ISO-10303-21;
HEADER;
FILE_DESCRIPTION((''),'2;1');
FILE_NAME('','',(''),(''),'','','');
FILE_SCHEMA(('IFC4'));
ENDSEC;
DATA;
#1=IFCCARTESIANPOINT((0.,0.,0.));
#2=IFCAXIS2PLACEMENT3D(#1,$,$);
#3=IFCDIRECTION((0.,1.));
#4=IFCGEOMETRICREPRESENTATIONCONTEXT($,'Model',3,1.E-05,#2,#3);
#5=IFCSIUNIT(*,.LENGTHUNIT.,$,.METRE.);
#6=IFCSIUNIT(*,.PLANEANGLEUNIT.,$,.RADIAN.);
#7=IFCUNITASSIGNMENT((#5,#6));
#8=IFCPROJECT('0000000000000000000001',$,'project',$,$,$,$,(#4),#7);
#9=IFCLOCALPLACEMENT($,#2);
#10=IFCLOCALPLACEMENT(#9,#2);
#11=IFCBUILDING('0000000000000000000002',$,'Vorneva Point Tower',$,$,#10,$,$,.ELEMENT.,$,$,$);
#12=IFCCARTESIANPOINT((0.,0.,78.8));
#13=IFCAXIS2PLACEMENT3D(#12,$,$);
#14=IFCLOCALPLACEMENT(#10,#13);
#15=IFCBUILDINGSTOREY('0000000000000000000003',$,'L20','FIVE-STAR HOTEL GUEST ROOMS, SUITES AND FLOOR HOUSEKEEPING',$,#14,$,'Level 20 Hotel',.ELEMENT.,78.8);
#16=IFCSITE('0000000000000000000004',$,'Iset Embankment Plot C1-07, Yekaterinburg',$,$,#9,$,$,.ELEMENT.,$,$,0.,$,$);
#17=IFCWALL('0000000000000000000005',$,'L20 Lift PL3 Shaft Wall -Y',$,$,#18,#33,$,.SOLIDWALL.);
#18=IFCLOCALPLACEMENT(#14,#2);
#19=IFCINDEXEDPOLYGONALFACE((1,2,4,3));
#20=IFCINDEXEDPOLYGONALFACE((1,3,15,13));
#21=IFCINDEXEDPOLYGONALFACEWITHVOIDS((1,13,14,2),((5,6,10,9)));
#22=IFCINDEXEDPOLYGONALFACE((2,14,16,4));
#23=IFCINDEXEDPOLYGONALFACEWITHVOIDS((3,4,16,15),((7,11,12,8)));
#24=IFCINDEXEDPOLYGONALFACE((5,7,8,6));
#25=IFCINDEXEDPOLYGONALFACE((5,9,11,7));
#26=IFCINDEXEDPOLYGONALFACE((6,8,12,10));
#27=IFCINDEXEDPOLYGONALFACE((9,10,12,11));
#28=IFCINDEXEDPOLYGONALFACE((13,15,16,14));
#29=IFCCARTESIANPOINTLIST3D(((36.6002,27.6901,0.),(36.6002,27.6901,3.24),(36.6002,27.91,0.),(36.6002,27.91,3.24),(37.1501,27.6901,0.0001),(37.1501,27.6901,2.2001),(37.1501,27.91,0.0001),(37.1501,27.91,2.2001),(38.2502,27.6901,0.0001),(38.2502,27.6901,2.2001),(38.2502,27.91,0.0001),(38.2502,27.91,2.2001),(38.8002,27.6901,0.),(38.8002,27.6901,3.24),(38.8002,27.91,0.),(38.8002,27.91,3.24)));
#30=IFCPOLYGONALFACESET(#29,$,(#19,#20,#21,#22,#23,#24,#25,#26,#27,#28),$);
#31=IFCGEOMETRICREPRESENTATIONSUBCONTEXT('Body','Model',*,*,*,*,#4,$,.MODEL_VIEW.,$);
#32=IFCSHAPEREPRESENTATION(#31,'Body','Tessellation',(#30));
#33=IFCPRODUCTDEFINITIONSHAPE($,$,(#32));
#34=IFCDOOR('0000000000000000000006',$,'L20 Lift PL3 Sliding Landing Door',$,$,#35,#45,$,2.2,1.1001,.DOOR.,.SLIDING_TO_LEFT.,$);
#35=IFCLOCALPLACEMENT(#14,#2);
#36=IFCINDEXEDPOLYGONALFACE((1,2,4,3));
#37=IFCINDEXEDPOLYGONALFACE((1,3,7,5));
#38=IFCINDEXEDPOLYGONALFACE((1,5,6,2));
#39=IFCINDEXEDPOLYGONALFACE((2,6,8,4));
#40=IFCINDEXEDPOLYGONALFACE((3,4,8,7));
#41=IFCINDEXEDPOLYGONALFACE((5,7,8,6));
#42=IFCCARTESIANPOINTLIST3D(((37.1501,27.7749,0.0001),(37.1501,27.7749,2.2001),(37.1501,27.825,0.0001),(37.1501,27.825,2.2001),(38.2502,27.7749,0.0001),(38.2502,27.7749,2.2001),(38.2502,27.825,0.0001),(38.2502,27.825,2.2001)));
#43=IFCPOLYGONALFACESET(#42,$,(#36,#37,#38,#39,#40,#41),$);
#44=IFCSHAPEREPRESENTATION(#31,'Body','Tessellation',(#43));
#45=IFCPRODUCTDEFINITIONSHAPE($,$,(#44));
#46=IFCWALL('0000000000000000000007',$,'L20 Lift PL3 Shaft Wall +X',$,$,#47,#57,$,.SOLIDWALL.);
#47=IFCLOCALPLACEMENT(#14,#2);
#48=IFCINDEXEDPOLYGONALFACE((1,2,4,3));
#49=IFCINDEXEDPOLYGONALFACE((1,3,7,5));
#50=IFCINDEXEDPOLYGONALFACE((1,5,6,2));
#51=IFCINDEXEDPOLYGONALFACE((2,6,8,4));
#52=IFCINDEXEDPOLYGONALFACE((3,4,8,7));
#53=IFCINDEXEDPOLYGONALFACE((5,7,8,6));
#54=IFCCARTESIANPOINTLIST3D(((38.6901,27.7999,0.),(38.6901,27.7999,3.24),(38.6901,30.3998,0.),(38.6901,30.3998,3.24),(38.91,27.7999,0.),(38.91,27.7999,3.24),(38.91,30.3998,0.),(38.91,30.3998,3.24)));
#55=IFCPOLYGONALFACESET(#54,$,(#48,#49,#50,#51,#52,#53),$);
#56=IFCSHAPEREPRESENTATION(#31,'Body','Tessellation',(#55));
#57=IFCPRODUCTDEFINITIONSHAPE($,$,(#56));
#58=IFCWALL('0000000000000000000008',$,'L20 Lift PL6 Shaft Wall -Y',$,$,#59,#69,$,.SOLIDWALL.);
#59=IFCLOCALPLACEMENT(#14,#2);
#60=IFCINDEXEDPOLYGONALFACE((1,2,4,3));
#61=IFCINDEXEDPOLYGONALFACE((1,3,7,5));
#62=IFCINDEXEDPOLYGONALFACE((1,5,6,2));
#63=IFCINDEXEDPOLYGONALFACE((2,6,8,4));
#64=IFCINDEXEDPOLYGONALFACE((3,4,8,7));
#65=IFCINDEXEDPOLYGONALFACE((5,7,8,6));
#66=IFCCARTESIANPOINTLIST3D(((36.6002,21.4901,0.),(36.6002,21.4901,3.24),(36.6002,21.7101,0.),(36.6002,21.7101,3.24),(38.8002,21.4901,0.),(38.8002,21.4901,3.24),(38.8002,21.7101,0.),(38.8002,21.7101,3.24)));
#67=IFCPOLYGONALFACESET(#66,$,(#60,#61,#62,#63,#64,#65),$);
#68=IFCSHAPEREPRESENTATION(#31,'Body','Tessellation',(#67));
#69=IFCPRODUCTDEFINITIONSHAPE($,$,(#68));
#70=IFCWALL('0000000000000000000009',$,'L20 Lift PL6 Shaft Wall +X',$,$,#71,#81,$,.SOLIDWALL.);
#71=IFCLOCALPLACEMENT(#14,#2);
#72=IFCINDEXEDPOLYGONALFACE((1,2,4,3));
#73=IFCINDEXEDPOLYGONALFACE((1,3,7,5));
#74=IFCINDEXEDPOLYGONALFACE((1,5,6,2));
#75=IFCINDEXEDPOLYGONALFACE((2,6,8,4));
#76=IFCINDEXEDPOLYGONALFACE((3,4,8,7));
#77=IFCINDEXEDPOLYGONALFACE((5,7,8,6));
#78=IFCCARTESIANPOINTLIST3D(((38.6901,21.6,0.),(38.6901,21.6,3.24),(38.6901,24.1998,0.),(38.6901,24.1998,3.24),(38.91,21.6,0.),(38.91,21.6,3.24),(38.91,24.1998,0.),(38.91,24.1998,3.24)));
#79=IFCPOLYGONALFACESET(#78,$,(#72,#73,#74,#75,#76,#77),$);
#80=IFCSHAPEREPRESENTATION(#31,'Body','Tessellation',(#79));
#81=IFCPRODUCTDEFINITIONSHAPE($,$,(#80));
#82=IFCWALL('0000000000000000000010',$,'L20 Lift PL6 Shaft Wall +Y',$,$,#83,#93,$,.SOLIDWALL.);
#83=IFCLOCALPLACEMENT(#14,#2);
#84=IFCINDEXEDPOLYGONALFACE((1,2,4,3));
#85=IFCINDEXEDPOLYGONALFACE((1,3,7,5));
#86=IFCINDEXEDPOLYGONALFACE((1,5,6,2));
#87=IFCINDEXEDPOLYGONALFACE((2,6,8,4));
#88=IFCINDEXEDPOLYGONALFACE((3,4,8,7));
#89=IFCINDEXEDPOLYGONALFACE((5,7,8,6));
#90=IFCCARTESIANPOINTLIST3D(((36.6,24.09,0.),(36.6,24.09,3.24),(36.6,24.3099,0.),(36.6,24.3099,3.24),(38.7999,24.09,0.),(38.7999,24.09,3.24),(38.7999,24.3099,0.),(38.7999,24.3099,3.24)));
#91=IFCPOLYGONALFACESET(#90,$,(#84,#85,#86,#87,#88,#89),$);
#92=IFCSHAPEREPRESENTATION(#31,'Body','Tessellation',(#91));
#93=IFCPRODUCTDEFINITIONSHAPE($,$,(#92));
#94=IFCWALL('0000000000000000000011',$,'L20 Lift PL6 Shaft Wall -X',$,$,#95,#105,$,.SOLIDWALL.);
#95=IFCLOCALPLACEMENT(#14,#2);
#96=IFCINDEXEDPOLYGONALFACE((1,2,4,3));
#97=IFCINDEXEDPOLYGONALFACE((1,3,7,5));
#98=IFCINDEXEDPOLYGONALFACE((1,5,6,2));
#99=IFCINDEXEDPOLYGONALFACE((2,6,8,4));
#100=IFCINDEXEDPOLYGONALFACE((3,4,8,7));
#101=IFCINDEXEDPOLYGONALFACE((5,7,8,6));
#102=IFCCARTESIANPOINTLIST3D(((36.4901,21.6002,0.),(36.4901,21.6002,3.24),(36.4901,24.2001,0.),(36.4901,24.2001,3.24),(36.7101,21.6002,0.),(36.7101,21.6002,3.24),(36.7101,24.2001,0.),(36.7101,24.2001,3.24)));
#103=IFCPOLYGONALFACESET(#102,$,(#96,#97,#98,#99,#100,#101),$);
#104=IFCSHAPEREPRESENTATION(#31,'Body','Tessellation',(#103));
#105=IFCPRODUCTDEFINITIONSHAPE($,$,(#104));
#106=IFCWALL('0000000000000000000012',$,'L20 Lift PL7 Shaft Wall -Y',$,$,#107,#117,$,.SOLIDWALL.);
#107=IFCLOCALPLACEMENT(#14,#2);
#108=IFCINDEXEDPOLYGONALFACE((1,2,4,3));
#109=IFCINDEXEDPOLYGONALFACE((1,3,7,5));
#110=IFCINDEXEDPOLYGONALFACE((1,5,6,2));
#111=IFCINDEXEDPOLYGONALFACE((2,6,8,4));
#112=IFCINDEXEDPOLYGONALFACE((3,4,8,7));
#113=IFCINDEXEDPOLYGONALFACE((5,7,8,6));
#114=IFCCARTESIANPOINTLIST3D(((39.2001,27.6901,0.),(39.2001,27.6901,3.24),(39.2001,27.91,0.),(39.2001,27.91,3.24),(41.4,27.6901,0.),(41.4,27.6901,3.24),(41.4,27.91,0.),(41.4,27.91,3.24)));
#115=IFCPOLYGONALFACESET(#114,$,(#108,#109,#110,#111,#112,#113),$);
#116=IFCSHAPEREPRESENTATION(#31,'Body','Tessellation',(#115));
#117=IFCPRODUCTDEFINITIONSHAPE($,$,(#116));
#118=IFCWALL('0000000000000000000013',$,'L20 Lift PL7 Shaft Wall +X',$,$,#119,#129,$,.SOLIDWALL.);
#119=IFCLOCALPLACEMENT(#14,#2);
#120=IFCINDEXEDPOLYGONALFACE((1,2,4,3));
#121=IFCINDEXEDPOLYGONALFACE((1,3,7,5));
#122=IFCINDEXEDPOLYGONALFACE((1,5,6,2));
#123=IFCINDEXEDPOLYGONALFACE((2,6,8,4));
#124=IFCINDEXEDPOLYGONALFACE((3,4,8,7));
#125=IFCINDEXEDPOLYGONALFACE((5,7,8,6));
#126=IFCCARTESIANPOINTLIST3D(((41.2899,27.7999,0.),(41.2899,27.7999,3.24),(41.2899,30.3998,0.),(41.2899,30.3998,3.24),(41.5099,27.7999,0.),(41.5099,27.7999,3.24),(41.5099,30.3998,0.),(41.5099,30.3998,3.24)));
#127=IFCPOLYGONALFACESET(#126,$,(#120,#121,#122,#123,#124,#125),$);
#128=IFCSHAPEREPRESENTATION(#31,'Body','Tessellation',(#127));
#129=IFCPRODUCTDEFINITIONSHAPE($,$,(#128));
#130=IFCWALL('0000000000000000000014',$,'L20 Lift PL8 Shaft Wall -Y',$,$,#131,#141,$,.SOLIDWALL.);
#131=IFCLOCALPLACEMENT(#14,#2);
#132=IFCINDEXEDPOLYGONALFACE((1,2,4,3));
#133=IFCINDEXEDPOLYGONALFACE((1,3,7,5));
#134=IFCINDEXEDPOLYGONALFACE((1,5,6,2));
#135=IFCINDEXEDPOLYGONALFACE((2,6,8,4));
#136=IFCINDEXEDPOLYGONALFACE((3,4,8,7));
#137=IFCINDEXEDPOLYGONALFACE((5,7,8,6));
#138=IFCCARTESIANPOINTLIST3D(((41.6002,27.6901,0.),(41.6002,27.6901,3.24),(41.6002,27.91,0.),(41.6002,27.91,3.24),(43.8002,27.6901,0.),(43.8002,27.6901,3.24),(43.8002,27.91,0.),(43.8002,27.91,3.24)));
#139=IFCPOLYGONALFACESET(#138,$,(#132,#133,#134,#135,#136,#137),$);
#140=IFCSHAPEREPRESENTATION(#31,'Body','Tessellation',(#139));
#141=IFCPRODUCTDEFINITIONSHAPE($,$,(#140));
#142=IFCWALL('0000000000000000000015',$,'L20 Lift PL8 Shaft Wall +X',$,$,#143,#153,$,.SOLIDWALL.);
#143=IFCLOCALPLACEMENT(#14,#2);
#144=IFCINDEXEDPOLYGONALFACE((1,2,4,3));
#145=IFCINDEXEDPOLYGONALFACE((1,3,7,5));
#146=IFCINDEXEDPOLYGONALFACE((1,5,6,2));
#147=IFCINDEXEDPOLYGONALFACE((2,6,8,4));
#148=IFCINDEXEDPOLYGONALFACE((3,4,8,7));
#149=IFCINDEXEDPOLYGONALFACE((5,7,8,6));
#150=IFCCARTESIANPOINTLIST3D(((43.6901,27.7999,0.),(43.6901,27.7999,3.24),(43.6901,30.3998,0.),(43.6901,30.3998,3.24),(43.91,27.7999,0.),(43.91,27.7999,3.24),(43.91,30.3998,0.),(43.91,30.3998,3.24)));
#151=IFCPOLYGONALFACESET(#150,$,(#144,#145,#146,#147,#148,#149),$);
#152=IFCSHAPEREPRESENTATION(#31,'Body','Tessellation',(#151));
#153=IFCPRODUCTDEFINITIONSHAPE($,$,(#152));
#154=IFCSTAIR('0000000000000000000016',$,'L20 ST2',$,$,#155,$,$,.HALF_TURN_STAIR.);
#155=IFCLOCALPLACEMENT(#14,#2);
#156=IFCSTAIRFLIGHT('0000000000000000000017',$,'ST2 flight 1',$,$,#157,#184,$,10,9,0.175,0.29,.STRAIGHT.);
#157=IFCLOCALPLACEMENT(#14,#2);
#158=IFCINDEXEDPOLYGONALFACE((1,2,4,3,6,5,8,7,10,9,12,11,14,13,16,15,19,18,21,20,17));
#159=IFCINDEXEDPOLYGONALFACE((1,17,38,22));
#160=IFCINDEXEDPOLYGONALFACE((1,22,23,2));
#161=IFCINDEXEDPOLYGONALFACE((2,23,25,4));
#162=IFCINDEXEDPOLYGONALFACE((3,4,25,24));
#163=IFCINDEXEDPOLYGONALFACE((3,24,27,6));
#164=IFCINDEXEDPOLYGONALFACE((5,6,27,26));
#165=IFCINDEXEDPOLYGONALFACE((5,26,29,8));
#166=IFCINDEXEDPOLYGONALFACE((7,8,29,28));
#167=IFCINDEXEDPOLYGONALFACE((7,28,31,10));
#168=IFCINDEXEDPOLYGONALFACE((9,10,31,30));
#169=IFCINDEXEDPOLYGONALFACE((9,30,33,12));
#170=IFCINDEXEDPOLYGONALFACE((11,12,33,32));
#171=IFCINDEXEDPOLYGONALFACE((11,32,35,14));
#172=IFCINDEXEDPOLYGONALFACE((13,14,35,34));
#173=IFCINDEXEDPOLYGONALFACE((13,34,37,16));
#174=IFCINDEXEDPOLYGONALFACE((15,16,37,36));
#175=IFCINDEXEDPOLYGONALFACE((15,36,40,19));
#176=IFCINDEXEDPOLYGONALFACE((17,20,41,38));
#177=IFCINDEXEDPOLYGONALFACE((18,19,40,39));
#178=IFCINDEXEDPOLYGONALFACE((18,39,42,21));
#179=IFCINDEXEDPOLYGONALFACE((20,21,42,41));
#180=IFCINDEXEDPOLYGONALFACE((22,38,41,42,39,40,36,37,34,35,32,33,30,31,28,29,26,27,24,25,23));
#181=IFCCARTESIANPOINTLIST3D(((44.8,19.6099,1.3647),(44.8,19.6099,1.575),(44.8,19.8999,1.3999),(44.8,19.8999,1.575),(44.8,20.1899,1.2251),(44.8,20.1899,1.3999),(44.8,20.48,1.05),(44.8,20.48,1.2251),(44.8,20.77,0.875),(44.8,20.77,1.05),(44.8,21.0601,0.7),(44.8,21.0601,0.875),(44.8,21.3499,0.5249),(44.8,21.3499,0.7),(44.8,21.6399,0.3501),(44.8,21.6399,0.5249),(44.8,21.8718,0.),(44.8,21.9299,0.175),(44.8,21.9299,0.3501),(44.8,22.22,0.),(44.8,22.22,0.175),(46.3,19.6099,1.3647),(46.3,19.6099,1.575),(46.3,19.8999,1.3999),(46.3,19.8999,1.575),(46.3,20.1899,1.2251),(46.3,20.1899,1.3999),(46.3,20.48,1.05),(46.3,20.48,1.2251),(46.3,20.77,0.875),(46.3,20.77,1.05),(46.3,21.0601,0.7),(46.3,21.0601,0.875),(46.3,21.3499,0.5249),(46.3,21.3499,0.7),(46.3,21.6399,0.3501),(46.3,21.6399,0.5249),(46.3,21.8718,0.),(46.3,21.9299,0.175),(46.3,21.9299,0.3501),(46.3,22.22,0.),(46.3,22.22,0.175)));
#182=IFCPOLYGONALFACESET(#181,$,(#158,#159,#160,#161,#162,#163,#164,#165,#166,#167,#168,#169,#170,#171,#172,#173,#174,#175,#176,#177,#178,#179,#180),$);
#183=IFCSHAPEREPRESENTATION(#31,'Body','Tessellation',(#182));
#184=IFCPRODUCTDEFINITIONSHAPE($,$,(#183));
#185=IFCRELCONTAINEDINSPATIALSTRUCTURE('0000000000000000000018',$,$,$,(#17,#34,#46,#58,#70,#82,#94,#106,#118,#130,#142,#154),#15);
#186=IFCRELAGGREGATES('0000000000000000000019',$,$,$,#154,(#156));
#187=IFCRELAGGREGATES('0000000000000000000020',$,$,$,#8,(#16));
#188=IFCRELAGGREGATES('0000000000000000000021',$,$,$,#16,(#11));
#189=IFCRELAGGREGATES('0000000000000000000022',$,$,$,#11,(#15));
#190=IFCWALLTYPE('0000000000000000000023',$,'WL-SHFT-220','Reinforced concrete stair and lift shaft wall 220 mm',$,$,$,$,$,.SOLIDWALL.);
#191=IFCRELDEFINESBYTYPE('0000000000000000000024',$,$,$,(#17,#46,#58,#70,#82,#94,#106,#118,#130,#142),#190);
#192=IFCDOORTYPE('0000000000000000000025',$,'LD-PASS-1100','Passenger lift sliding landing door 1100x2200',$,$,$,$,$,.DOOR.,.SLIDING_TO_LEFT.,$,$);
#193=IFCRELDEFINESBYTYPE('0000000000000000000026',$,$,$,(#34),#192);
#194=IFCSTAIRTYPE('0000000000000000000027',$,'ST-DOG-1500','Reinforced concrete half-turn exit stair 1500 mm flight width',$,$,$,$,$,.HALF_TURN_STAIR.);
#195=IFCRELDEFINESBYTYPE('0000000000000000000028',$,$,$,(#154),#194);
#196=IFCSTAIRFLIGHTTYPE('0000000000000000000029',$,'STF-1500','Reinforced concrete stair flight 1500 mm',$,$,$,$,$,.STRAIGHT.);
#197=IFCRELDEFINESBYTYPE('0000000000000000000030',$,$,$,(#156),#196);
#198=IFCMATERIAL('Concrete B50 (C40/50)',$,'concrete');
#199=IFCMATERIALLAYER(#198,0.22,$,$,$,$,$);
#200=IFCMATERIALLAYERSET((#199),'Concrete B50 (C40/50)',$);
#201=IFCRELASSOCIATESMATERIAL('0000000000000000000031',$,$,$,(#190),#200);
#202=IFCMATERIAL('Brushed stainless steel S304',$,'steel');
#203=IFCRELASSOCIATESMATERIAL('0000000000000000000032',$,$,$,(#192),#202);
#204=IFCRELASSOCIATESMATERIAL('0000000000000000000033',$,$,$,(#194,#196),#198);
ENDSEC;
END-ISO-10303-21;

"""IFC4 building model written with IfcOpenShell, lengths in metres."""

from ifc_helpers import new_model, si_unit, direction, frame, frame_2d, origin, place, context, subcontext, project, spatial, polyline, rectangle, outline, extrude, material, layer, layer_set, type_object, element, fill, aggregate, save


model = new_model("IFC4")

# Units and contexts
model_context = context("Model", 3, precision=1e-05, world=origin(), true_north=direction((0.0, 1.0)))
body_context = subcontext(model_context, "Body", "Model", "MODEL_VIEW")
ifc_project = project(units=[si_unit("LENGTHUNIT", "METRE"), si_unit("PLANEANGLEUNIT", "RADIAN")], contexts=[model_context])

# Site, building, storey
site_placement = place(None, origin())
site = spatial("IfcSite", under=ifc_project, at=site_placement, Name="Iset Embankment Plot C1-07, Yekaterinburg", CompositionType="ELEMENT", RefElevation=0.0)
building_placement = place(site_placement, origin())
building = spatial("IfcBuilding", under=site, at=building_placement, Name="Vorneva Point Tower", CompositionType="ELEMENT")
storey_placement = place(building_placement, frame((0.0, 0.0, 78.8)))
storey = spatial("IfcBuildingStorey", under=building, at=storey_placement, Name="L20", Description="FIVE-STAR HOTEL GUEST ROOMS, SUITES AND FLOOR HOUSEKEEPING", LongName="Level 20 Hotel", CompositionType="ELEMENT", Elevation=78.8)

# Wall, opening, door
ifc_material_1 = material(Name="Concrete B50 (C40/50)", Category="concrete")
ifc_layer_1 = layer(ifc_material_1, 0.22)
ifc_layer_set_1 = layer_set([ifc_layer_1], Name="Concrete B50 (C40/50)")
wall_type_1 = type_object("IfcWallType", Name="WL-SHFT-220", Description="Reinforced concrete stair and lift shaft wall 220 mm", PredefinedType="SOLIDWALL", material=ifc_layer_set_1)
wall_1_placement = place(storey_placement, frame((36.6001, 27.8, 0.0), z_axis=(0.0, 0.0, 1.0), x_axis=(1.0, 0.0, 0.0)))
wall_1 = element("IfcWall", 1, at=wall_1_placement, inside=storey, type_object=wall_type_1, Name="L20 Lift PL3 Shaft Wall -Y", PredefinedType="SOLIDWALL", context=body_context, shape_type="SweptSolid", body=[
    extrude(rectangle(XDim=2.2, YDim=0.22, at=frame_2d((1.1001, 0.0))), origin(), (0.0, 0.0, 1.0), 3.24),
])
opening_1_placement = place(wall_1_placement, frame((0.55, 0.0, 0.0)))
opening_1 = element("IfcOpeningElement", 2, at=opening_1_placement, cuts=wall_1, PredefinedType="OPENING", context=body_context, shape_type="SweptSolid", body=[
    extrude(rectangle(XDim=1.1001, YDim=2.2, at=frame_2d((0.55, 1.1001))), frame((0.0, 0.125, 0.0), z_axis=(0.0, -1.0, 0.0), x_axis=(1.0, 0.0, 0.0)), (0.0, 0.0, 1.0), 0.2498),
])
ifc_material_2 = material(Name="Brushed stainless steel S304", Category="steel")
door_type_1 = type_object("IfcDoorType", Name="LD-PASS-1100", Description="Passenger lift sliding landing door 1100x2200", OperationType="SLIDING_TO_LEFT", PredefinedType="DOOR", material=ifc_material_2)
door_1_placement = place(opening_1_placement, origin())
door_1 = element("IfcDoor", 3, at=door_1_placement, inside=storey, type_object=door_type_1, Name="L20 Lift PL3 Sliding Landing Door", OperationType="SLIDING_TO_LEFT", OverallHeight=2.2, OverallWidth=1.1001, PredefinedType="DOOR", context=body_context, shape_type="SweptSolid", body=[
    extrude(rectangle(XDim=1.1001, YDim=2.2, at=frame_2d((0.55, 1.1001))), frame((0.0, 0.0249, 0.0), z_axis=(0.0, -1.0, 0.0), x_axis=(1.0, 0.0, 0.0)), (0.0, 0.0, 1.0), 0.05),
])
fill(opening_1, door_1)

# Walls
wall_2_placement = place(storey_placement, frame((38.8, 27.8, 0.0), z_axis=(0.0, 0.0, 1.0), x_axis=(0.0, 1.0, 0.0)))
element("IfcWall", 4, at=wall_2_placement, inside=storey, type_object=wall_type_1, Name="L20 Lift PL3 Shaft Wall +X", PredefinedType="SOLIDWALL", context=body_context, shape_type="SweptSolid", body=[
    extrude(rectangle(XDim=2.5999, YDim=0.22, at=frame_2d((1.2998, 0.0))), origin(), (0.0, 0.0, 1.0), 3.24),
])
wall_3_placement = place(storey_placement, frame((36.6001, 21.6001, 0.0), z_axis=(0.0, 0.0, 1.0), x_axis=(1.0, 0.0, 0.0)))
element("IfcWall", 5, at=wall_3_placement, inside=storey, type_object=wall_type_1, Name="L20 Lift PL6 Shaft Wall -Y", PredefinedType="SOLIDWALL", context=body_context, shape_type="SweptSolid", body=[
    extrude(rectangle(XDim=2.2, YDim=0.22, at=frame_2d((1.1001, 0.0))), origin(), (0.0, 0.0, 1.0), 3.24),
])
wall_4_placement = place(storey_placement, frame((38.8, 21.6001, 0.0), z_axis=(0.0, 0.0, 1.0), x_axis=(0.0, 1.0, 0.0)))
element("IfcWall", 6, at=wall_4_placement, inside=storey, type_object=wall_type_1, Name="L20 Lift PL6 Shaft Wall +X", PredefinedType="SOLIDWALL", context=body_context, shape_type="SweptSolid", body=[
    extrude(rectangle(XDim=2.5999, YDim=0.22, at=frame_2d((1.2998, 0.0))), origin(), (0.0, 0.0, 1.0), 3.24),
])
wall_5_placement = place(storey_placement, frame((38.8, 24.2, 0.0), z_axis=(0.0, 0.0, 1.0), x_axis=(-1.0, 0.0, 0.0)))
element("IfcWall", 7, at=wall_5_placement, inside=storey, type_object=wall_type_1, Name="L20 Lift PL6 Shaft Wall +Y", PredefinedType="SOLIDWALL", context=body_context, shape_type="SweptSolid", body=[
    extrude(rectangle(XDim=2.2, YDim=0.22, at=frame_2d((1.1001, 0.0))), origin(), (0.0, 0.0, 1.0), 3.24),
])
wall_6_placement = place(storey_placement, frame((36.6001, 24.2, 0.0), z_axis=(0.0, 0.0, 1.0), x_axis=(0.0, -1.0, 0.0)))
element("IfcWall", 8, at=wall_6_placement, inside=storey, type_object=wall_type_1, Name="L20 Lift PL6 Shaft Wall -X", PredefinedType="SOLIDWALL", context=body_context, shape_type="SweptSolid", body=[
    extrude(rectangle(XDim=2.5999, YDim=0.22, at=frame_2d((1.2998, 0.0))), origin(), (0.0, 0.0, 1.0), 3.24),
])
wall_7_placement = place(storey_placement, frame((39.2, 27.8, 0.0), z_axis=(0.0, 0.0, 1.0), x_axis=(1.0, 0.0, 0.0)))
element("IfcWall", 9, at=wall_7_placement, inside=storey, type_object=wall_type_1, Name="L20 Lift PL7 Shaft Wall -Y", PredefinedType="SOLIDWALL", context=body_context, shape_type="SweptSolid", body=[
    extrude(rectangle(XDim=2.2, YDim=0.22, at=frame_2d((1.1001, 0.0))), origin(), (0.0, 0.0, 1.0), 3.24),
])
wall_8_placement = place(storey_placement, frame((41.3999, 27.8, 0.0), z_axis=(0.0, 0.0, 1.0), x_axis=(0.0, 1.0, 0.0)))
element("IfcWall", 10, at=wall_8_placement, inside=storey, type_object=wall_type_1, Name="L20 Lift PL7 Shaft Wall +X", PredefinedType="SOLIDWALL", context=body_context, shape_type="SweptSolid", body=[
    extrude(rectangle(XDim=2.5999, YDim=0.22, at=frame_2d((1.2998, 0.0))), origin(), (0.0, 0.0, 1.0), 3.24),
])
wall_9_placement = place(storey_placement, frame((41.6001, 27.8, 0.0), z_axis=(0.0, 0.0, 1.0), x_axis=(1.0, 0.0, 0.0)))
element("IfcWall", 11, at=wall_9_placement, inside=storey, type_object=wall_type_1, Name="L20 Lift PL8 Shaft Wall -Y", PredefinedType="SOLIDWALL", context=body_context, shape_type="SweptSolid", body=[
    extrude(rectangle(XDim=2.2, YDim=0.22, at=frame_2d((1.1001, 0.0))), origin(), (0.0, 0.0, 1.0), 3.24),
])
wall_10_placement = place(storey_placement, frame((43.8, 27.8, 0.0), z_axis=(0.0, 0.0, 1.0), x_axis=(0.0, 1.0, 0.0)))
element("IfcWall", 12, at=wall_10_placement, inside=storey, type_object=wall_type_1, Name="L20 Lift PL8 Shaft Wall +X", PredefinedType="SOLIDWALL", context=body_context, shape_type="SweptSolid", body=[
    extrude(rectangle(XDim=2.5999, YDim=0.22, at=frame_2d((1.2998, 0.0))), origin(), (0.0, 0.0, 1.0), 3.24),
])

# Stair, stair flight
stair_type = type_object("IfcStairType", Name="ST-DOG-1500", Description="Reinforced concrete half-turn exit stair 1500 mm flight width", PredefinedType="HALF_TURN_STAIR", material=ifc_material_1)
stair_placement = place(storey_placement, origin())
stair = element("IfcStair", 13, at=stair_placement, inside=storey, type_object=stair_type, Name="L20 ST2", PredefinedType="HALF_TURN_STAIR")
stair_flight_type = type_object("IfcStairFlightType", Name="STF-1500", Description="Reinforced concrete stair flight 1500 mm", PredefinedType="STRAIGHT", material=ifc_material_1)
stair_flight_placement = place(storey_placement, frame((45.55, 22.22, 0.0), z_axis=(0.0, 0.0, 1.0), x_axis=(0.0, -1.0, 0.0)))
stair_flight = element("IfcStairFlight", 14, at=stair_flight_placement, type_object=stair_flight_type, Name="ST2 flight 1", NumberOfRisers=10, NumberOfTreads=9, PredefinedType="STRAIGHT", RiserHeight=0.175, TreadLength=0.29, context=body_context, shape_type="SweptSolid", body=[
    extrude(outline(polyline([(0.0, 0.0), (0.0, 0.175), (0.29, 0.175), (0.29, 0.3501), (0.5801, 0.3501), (0.5801, 0.5249), (0.8701, 0.5249), (0.8701, 0.7), (1.1599, 0.7), (1.1599, 0.875), (1.45, 0.875), (1.45, 1.05), (1.74, 1.05), (1.74, 1.2251), (2.03, 1.2251), (2.03, 1.3999), (2.3201, 1.3999), (2.3201, 1.575), (2.6101, 1.575), (2.6101, 1.75), (2.6101, 1.3647), (0.3481, 0.0), (0.0, 0.0)])), frame((0.0, 0.75, 0.0), z_axis=(0.0, -1.0, 0.0), x_axis=(1.0, 0.0, 0.0)), (0.0, 0.0, 1.0), 1.5),
])
aggregate(stair, [stair_flight])

save(model, "model.ifc")
